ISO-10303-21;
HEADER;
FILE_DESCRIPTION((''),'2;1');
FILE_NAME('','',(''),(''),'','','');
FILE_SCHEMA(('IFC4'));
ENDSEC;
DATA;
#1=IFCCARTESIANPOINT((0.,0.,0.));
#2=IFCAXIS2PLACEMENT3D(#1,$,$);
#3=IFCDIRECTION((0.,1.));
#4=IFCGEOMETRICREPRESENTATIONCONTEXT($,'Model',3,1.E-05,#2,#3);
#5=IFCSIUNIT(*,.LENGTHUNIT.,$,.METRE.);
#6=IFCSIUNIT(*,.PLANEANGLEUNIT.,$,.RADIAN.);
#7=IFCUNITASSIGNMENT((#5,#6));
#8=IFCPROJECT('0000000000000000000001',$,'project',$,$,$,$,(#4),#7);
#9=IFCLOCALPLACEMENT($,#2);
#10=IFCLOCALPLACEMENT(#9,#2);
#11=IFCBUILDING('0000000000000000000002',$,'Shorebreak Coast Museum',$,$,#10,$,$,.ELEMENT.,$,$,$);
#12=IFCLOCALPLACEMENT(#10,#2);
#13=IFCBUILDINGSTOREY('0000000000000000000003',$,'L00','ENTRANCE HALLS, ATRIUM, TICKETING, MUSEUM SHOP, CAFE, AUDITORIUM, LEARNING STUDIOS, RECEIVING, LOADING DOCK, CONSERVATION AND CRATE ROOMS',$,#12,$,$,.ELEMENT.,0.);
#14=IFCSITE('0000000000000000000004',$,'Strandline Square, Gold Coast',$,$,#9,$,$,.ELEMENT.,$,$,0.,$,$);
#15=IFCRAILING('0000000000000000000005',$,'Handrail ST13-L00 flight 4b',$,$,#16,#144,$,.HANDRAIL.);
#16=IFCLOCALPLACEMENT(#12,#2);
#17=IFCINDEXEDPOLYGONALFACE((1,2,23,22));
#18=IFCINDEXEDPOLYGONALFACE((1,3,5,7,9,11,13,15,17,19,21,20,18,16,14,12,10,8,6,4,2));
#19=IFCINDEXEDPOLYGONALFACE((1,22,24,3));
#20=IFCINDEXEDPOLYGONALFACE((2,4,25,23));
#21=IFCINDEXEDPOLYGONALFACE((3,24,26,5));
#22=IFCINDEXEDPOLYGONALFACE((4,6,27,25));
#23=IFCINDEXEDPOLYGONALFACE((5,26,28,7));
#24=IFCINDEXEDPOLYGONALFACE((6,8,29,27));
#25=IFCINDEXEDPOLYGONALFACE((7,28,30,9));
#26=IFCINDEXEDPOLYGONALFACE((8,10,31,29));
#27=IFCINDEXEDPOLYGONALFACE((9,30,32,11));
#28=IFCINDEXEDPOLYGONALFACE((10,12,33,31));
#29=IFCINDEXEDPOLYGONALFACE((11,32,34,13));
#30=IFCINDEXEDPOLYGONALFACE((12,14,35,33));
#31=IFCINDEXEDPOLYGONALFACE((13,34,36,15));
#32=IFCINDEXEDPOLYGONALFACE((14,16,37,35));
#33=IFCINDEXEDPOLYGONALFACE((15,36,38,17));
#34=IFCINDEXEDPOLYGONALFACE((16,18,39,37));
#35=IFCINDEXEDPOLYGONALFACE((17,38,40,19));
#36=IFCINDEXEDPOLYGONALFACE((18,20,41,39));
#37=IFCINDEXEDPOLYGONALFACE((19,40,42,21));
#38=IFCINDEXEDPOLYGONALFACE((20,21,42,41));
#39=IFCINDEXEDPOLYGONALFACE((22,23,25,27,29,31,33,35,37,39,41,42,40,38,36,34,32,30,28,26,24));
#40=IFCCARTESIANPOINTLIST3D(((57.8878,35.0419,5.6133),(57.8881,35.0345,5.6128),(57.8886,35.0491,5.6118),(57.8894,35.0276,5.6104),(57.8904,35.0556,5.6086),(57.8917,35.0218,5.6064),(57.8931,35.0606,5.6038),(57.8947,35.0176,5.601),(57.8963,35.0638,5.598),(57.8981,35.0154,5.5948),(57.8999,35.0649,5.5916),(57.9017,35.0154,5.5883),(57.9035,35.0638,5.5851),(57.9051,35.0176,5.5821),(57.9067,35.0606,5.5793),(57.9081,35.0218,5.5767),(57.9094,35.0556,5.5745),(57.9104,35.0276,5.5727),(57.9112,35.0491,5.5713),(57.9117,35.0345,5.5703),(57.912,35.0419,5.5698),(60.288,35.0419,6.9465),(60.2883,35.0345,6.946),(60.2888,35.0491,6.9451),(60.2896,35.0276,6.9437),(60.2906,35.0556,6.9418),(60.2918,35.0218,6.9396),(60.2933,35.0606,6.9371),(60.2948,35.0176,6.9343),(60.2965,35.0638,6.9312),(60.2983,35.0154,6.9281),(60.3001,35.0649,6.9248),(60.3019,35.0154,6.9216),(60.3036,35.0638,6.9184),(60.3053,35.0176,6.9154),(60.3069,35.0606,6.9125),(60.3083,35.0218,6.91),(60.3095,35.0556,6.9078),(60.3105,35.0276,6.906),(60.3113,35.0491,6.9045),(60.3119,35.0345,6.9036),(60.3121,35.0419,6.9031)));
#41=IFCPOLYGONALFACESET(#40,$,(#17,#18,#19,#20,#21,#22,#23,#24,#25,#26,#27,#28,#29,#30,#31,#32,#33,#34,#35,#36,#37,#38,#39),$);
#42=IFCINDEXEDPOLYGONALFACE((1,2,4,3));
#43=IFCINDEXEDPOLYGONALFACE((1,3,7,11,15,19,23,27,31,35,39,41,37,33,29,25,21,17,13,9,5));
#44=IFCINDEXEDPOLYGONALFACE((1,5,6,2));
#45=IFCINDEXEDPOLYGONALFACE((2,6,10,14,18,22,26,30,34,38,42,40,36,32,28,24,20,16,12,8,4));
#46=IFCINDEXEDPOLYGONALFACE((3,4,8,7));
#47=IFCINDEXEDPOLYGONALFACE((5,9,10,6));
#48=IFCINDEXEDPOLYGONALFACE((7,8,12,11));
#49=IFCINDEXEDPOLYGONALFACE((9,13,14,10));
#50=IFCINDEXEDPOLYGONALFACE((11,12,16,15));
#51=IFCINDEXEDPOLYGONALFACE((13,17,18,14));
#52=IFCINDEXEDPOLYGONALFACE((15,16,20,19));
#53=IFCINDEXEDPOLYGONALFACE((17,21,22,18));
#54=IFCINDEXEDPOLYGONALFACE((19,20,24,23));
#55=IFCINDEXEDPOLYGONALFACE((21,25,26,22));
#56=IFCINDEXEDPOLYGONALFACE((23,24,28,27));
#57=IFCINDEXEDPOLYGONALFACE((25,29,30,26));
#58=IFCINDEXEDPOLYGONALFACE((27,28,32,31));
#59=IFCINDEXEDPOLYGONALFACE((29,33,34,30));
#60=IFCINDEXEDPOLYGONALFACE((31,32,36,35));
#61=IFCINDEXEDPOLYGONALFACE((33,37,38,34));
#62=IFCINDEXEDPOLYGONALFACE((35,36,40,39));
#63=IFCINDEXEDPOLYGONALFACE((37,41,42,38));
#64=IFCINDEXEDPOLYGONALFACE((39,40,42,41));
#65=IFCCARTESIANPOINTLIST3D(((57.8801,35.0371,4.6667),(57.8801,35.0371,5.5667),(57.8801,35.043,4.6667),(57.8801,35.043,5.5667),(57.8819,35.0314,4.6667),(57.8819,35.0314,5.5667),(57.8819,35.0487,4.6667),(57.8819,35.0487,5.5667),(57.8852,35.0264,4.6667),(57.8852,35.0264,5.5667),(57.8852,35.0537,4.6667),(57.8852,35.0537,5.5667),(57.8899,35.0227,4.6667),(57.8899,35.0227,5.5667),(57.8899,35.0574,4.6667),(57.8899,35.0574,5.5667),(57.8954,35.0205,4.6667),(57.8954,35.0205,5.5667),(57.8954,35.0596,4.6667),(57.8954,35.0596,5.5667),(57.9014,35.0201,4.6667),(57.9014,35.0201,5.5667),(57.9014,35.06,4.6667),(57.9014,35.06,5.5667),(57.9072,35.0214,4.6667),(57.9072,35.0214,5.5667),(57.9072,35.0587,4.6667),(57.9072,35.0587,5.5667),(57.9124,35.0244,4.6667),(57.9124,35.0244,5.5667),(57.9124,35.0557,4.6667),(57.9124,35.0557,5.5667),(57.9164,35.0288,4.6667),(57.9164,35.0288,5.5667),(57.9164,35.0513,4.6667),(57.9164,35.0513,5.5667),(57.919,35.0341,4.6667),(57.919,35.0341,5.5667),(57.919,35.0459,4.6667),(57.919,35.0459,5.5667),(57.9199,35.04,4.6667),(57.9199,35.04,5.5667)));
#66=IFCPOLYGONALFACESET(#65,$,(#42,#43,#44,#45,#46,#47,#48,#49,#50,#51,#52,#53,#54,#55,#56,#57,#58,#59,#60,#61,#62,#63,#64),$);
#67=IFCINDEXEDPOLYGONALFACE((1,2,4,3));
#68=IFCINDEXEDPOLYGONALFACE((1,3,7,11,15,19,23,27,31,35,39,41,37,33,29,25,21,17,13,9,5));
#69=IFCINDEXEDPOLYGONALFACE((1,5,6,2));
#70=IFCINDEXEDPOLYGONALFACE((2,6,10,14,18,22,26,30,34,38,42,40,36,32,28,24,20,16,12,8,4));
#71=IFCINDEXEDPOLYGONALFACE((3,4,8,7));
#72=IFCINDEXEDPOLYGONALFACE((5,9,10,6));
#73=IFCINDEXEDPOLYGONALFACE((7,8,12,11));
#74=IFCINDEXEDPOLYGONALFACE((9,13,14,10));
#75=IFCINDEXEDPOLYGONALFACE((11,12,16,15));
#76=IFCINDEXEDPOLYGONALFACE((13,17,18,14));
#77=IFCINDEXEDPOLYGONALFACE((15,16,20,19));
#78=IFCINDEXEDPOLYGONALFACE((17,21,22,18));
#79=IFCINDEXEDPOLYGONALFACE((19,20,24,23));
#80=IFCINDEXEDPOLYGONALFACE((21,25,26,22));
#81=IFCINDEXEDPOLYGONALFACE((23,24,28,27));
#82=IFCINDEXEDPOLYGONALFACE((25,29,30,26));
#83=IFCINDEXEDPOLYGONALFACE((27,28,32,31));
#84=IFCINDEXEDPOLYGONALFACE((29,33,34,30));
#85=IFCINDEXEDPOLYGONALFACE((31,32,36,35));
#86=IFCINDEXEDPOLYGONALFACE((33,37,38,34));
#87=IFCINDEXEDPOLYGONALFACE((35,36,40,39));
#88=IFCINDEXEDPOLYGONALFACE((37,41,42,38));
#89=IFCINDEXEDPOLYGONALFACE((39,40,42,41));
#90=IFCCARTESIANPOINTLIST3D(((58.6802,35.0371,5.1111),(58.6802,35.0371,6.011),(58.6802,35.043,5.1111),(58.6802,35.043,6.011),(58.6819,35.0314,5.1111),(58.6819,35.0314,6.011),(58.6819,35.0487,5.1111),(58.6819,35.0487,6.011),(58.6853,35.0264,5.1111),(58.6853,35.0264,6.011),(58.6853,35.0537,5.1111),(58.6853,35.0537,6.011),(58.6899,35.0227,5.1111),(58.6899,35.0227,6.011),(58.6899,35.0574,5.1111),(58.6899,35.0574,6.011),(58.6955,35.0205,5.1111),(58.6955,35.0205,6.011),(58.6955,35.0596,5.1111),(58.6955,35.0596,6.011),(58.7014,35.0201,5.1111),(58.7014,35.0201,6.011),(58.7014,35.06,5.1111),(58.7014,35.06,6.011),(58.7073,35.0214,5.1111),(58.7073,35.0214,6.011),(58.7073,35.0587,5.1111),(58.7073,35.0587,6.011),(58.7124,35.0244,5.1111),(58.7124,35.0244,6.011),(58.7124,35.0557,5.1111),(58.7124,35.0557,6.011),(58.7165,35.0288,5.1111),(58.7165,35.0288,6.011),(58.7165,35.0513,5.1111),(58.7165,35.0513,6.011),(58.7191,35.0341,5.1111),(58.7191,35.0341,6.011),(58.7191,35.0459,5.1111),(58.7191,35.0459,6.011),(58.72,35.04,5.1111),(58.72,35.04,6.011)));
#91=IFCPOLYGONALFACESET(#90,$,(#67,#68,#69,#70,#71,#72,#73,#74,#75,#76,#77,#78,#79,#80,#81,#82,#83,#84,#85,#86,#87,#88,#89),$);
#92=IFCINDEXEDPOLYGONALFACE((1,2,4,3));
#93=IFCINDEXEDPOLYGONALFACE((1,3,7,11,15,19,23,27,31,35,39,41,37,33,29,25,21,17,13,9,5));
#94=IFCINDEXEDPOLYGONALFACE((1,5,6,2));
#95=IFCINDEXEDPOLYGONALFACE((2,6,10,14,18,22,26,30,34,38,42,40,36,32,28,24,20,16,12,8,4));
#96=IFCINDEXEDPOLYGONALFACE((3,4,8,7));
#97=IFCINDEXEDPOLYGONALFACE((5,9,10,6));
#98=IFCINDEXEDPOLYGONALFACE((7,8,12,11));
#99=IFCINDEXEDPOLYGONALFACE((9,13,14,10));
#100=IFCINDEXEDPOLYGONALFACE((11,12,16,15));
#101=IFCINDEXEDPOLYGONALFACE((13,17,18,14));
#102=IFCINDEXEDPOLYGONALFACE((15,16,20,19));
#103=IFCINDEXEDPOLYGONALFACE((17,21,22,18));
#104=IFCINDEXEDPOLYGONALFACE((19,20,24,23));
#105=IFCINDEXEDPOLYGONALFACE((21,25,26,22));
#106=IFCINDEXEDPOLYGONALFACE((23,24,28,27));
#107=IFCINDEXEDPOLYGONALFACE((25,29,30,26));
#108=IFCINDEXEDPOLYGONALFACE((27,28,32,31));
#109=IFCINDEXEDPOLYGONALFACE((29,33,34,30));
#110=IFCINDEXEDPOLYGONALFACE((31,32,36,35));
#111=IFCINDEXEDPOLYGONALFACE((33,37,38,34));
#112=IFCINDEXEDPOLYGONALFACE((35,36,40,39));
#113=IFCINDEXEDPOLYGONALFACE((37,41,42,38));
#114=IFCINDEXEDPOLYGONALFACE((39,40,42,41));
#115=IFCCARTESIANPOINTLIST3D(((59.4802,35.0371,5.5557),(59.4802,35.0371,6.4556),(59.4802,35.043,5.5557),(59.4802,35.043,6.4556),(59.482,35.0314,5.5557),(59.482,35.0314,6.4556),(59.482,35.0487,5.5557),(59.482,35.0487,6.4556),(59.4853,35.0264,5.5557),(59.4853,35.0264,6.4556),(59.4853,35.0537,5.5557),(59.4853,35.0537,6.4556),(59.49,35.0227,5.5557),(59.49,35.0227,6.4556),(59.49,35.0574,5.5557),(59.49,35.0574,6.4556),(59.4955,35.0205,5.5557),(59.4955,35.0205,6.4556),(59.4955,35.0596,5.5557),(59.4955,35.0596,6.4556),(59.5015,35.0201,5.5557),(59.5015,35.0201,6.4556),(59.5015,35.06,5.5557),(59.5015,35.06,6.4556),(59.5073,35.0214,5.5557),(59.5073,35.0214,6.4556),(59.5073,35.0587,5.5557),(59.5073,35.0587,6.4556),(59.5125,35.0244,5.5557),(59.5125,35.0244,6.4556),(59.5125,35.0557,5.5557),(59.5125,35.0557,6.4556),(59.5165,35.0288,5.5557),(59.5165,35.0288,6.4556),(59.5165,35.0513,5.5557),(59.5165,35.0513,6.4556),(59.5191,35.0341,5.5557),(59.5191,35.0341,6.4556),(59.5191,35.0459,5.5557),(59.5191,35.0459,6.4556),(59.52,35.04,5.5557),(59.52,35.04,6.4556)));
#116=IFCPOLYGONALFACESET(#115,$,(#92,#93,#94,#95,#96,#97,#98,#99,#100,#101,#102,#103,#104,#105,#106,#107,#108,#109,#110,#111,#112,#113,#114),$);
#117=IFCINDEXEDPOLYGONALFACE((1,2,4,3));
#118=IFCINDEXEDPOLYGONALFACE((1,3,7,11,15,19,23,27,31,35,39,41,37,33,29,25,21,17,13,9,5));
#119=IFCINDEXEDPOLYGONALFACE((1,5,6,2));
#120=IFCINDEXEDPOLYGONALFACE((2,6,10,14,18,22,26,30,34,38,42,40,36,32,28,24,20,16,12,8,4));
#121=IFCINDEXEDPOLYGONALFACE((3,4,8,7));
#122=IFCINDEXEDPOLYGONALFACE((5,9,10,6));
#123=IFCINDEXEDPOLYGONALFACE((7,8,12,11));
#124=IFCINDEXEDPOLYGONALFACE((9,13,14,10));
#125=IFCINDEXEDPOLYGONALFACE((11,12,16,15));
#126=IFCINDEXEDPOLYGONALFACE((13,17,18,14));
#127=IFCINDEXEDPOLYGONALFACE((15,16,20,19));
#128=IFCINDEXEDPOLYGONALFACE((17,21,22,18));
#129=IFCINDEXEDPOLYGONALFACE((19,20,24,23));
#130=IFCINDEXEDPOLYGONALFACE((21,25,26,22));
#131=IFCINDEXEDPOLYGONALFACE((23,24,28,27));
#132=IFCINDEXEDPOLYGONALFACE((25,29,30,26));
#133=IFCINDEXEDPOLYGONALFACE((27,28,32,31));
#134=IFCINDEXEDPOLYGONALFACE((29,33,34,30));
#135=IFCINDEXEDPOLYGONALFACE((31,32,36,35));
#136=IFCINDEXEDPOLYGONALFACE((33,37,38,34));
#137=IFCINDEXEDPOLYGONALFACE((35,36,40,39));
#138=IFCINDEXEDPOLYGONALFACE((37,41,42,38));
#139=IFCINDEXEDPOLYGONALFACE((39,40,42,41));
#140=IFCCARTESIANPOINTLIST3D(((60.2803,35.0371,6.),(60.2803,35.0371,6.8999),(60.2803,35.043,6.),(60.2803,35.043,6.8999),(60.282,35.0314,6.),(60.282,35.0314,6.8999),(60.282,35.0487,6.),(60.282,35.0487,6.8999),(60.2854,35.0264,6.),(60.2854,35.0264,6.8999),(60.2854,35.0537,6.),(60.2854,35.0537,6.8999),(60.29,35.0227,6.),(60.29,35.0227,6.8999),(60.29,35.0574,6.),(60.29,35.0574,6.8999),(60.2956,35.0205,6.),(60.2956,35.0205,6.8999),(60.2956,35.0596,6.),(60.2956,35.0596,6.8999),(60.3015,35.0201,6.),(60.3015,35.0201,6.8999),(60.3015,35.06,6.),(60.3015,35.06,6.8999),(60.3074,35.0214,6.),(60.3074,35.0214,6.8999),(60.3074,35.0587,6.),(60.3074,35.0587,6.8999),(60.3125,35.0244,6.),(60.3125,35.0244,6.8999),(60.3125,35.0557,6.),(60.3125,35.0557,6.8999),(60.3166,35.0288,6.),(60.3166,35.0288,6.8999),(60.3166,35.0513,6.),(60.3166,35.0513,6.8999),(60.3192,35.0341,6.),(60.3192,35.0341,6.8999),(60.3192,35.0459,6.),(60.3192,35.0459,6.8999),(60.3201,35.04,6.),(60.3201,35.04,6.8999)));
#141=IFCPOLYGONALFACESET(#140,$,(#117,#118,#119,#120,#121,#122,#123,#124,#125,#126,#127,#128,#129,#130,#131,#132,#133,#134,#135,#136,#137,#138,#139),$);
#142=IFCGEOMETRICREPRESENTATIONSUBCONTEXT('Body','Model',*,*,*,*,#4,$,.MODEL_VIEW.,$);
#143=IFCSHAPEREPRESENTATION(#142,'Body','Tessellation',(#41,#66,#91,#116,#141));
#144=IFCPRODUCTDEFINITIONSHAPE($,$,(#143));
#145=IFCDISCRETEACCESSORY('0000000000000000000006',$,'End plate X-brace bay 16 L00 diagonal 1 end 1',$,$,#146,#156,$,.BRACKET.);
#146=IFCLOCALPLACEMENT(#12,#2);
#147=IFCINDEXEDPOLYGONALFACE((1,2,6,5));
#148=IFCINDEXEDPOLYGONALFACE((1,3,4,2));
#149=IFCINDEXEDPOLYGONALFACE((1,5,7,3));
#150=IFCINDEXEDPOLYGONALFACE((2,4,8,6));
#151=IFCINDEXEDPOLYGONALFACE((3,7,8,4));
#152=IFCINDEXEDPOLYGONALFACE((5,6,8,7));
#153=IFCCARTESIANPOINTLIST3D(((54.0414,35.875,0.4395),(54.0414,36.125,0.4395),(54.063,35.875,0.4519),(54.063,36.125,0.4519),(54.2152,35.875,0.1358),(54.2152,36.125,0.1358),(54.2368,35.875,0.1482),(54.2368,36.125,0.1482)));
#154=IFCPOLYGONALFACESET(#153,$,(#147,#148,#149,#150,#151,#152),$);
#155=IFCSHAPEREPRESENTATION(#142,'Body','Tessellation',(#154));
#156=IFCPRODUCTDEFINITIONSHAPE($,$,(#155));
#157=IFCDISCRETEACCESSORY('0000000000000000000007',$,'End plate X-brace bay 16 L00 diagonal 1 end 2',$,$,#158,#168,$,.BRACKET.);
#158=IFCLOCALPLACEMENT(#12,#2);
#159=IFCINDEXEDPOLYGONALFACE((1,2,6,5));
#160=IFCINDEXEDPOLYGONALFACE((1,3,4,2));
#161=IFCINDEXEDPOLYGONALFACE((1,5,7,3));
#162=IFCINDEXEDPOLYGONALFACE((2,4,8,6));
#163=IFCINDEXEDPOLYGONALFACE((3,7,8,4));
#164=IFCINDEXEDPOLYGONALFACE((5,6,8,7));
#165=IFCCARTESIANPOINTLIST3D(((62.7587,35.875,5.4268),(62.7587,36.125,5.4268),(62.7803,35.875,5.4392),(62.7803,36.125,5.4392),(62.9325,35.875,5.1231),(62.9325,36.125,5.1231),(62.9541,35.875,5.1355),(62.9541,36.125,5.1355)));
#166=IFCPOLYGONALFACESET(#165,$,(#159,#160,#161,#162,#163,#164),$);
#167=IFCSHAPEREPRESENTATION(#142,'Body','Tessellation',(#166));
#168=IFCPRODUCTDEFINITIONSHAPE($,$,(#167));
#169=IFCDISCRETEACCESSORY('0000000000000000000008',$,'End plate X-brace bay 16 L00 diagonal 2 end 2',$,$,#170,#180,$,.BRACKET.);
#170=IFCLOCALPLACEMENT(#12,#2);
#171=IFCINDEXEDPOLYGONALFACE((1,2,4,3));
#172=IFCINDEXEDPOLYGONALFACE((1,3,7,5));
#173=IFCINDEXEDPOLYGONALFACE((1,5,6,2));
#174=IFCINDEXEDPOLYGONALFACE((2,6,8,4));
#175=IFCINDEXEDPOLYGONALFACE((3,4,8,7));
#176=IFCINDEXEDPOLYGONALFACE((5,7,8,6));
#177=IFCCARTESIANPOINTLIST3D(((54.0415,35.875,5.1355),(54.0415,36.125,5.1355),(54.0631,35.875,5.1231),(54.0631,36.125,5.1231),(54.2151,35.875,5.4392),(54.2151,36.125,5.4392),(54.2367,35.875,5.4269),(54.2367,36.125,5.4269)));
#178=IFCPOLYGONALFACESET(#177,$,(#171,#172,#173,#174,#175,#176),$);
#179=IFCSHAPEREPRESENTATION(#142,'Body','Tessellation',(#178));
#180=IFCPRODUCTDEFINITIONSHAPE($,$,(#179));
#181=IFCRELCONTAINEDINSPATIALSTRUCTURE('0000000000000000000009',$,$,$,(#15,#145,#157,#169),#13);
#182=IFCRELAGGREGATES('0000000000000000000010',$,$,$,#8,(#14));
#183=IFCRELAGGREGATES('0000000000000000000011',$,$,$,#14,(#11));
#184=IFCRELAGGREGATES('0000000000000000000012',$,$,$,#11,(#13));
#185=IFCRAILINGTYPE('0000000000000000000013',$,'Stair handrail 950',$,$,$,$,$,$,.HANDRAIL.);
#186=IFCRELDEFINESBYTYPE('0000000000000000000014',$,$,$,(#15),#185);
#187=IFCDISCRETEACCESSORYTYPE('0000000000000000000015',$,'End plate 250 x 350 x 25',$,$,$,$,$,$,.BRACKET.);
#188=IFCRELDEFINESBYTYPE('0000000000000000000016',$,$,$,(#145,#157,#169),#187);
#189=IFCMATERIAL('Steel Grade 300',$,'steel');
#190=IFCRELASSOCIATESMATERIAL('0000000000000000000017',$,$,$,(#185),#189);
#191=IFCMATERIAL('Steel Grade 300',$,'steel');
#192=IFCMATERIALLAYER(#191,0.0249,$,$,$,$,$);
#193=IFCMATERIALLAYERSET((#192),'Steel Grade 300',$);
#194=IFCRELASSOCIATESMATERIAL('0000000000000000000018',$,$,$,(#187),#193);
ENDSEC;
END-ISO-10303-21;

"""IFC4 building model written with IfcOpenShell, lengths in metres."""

from ifc_helpers import new_model, si_unit, direction, frame, origin, origin_2d, place, context, subcontext, project, spatial, polyline, circle, outline, extrude, material, layer, layer_set, type_object, element, save


model = new_model("IFC4")

# Units and contexts
model_context = context("Model", 3, precision=1e-05, world=origin(), true_north=direction((0.0, 1.0)))
body_context = subcontext(model_context, "Body", "Model", "MODEL_VIEW")
ifc_project = project(units=[si_unit("LENGTHUNIT", "METRE"), si_unit("PLANEANGLEUNIT", "RADIAN")], contexts=[model_context])

# Site, building, storey
site_placement = place(None, origin())
site = spatial("IfcSite", under=ifc_project, at=site_placement, Name="Strandline Square, Gold Coast", CompositionType="ELEMENT", RefElevation=0.0)
building_placement = place(site_placement, origin())
building = spatial("IfcBuilding", under=site, at=building_placement, Name="Shorebreak Coast Museum", CompositionType="ELEMENT")
storey_placement = place(building_placement, origin())
storey = spatial("IfcBuildingStorey", under=building, at=storey_placement, Name="L00", Description="ENTRANCE HALLS, ATRIUM, TICKETING, MUSEUM SHOP, CAFE, AUDITORIUM, LEARNING STUDIOS, RECEIVING, LOADING DOCK, CONSERVATION AND CRATE ROOMS", CompositionType="ELEMENT", Elevation=0.0)

# Railing
ifc_material_1 = material(Name="Steel Grade 300", Category="steel")
railing_type_1 = type_object("IfcRailingType", Name="Stair handrail 950", PredefinedType="HANDRAIL", material=ifc_material_1)
for number, where, name in (
    (1, (57.8999, 35.04, 4.6667), "Handrail ST13-L00 flight 4b"),
):
    element("IfcRailing", number, at=place(storey_placement, frame(where)), inside=storey, type_object=railing_type_1, Name=name, PredefinedType="HANDRAIL", context=body_context, shape_type="SweptSolid", body=[
        extrude(circle(Radius=0.0249, at=origin_2d()), frame((0.0, 0.0, 0.9248), z_axis=(0.874182, 0.0, 0.485598), x_axis=(0.0, 1.0, 0.0)), (0.0, 0.0, 1.0), 2.7456),
        extrude(circle(Radius=0.02, at=origin_2d()), origin(), (0.0, 0.0, 1.0), 0.8999),
        extrude(circle(Radius=0.02, at=origin_2d()), frame((0.8, 0.0, 0.4443)), (0.0, 0.0, 1.0), 0.8999),
        extrude(circle(Radius=0.02, at=origin_2d()), frame((1.6001, 0.0, 0.8889)), (0.0, 0.0, 1.0), 0.8999),
        extrude(circle(Radius=0.02, at=origin_2d()), frame((2.4001, 0.0, 1.3333)), (0.0, 0.0, 1.0), 0.8999),
    ])

# Discrete accessories
ifc_material_2 = material(Name="Steel Grade 300", Category="steel")
ifc_layer_1 = layer(ifc_material_2, 0.0249)
ifc_layer_set_1 = layer_set([ifc_layer_1], Name="Steel Grade 300")
discrete_accessory_type = type_object("IfcDiscreteAccessoryType", Name="End plate 250 x 350 x 25", PredefinedType="BRACKET", material=ifc_layer_set_1)
for number, where, z_axis, x_axis, name in (
    (2, (54.2368, 35.875, 0.1482), (0.867899, 0.0, 0.49674), (0.0, 1.0, 0.0), "End plate X-brace bay 16 L00 diagonal 1 end 1"),
    (3, (62.9541, 35.875, 5.1355), (0.867899, 0.0, 0.49674), (0.0, 1.0, 0.0), "End plate X-brace bay 16 L00 diagonal 1 end 2"),
):
    element("IfcDiscreteAccessory", number, at=place(storey_placement, frame(where, z_axis=z_axis, x_axis=x_axis)), inside=storey, type_object=discrete_accessory_type, Name=name, PredefinedType="BRACKET", context=body_context, shape_type="SweptSolid", body=[
        extrude(outline(polyline([(0.0, 0.0), (0.25, 0.0), (0.25, 0.3499), (0.0, 0.3499), (0.0, 0.0)])), origin(), (0.0, 0.0, -1.0), 0.0249),
    ])
discrete_accessory_placement = place(storey_placement, frame((54.0415, 36.125, 5.1355), z_axis=(-0.8682, 0.0, 0.496214), x_axis=(0.0, -1.0, 0.0)))
element("IfcDiscreteAccessory", 4, at=discrete_accessory_placement, inside=storey, type_object=discrete_accessory_type, Name="End plate X-brace bay 16 L00 diagonal 2 end 2", PredefinedType="BRACKET", context=body_context, shape_type="SweptSolid", body=[
    extrude(outline(polyline([(0.0, 0.0), (0.25, 0.0), (0.25, 0.3498), (0.0, 0.3498), (0.0, 0.0)])), origin(), (0.0, 0.0, -1.0), 0.0249),
])

save(model, "model.ifc")
